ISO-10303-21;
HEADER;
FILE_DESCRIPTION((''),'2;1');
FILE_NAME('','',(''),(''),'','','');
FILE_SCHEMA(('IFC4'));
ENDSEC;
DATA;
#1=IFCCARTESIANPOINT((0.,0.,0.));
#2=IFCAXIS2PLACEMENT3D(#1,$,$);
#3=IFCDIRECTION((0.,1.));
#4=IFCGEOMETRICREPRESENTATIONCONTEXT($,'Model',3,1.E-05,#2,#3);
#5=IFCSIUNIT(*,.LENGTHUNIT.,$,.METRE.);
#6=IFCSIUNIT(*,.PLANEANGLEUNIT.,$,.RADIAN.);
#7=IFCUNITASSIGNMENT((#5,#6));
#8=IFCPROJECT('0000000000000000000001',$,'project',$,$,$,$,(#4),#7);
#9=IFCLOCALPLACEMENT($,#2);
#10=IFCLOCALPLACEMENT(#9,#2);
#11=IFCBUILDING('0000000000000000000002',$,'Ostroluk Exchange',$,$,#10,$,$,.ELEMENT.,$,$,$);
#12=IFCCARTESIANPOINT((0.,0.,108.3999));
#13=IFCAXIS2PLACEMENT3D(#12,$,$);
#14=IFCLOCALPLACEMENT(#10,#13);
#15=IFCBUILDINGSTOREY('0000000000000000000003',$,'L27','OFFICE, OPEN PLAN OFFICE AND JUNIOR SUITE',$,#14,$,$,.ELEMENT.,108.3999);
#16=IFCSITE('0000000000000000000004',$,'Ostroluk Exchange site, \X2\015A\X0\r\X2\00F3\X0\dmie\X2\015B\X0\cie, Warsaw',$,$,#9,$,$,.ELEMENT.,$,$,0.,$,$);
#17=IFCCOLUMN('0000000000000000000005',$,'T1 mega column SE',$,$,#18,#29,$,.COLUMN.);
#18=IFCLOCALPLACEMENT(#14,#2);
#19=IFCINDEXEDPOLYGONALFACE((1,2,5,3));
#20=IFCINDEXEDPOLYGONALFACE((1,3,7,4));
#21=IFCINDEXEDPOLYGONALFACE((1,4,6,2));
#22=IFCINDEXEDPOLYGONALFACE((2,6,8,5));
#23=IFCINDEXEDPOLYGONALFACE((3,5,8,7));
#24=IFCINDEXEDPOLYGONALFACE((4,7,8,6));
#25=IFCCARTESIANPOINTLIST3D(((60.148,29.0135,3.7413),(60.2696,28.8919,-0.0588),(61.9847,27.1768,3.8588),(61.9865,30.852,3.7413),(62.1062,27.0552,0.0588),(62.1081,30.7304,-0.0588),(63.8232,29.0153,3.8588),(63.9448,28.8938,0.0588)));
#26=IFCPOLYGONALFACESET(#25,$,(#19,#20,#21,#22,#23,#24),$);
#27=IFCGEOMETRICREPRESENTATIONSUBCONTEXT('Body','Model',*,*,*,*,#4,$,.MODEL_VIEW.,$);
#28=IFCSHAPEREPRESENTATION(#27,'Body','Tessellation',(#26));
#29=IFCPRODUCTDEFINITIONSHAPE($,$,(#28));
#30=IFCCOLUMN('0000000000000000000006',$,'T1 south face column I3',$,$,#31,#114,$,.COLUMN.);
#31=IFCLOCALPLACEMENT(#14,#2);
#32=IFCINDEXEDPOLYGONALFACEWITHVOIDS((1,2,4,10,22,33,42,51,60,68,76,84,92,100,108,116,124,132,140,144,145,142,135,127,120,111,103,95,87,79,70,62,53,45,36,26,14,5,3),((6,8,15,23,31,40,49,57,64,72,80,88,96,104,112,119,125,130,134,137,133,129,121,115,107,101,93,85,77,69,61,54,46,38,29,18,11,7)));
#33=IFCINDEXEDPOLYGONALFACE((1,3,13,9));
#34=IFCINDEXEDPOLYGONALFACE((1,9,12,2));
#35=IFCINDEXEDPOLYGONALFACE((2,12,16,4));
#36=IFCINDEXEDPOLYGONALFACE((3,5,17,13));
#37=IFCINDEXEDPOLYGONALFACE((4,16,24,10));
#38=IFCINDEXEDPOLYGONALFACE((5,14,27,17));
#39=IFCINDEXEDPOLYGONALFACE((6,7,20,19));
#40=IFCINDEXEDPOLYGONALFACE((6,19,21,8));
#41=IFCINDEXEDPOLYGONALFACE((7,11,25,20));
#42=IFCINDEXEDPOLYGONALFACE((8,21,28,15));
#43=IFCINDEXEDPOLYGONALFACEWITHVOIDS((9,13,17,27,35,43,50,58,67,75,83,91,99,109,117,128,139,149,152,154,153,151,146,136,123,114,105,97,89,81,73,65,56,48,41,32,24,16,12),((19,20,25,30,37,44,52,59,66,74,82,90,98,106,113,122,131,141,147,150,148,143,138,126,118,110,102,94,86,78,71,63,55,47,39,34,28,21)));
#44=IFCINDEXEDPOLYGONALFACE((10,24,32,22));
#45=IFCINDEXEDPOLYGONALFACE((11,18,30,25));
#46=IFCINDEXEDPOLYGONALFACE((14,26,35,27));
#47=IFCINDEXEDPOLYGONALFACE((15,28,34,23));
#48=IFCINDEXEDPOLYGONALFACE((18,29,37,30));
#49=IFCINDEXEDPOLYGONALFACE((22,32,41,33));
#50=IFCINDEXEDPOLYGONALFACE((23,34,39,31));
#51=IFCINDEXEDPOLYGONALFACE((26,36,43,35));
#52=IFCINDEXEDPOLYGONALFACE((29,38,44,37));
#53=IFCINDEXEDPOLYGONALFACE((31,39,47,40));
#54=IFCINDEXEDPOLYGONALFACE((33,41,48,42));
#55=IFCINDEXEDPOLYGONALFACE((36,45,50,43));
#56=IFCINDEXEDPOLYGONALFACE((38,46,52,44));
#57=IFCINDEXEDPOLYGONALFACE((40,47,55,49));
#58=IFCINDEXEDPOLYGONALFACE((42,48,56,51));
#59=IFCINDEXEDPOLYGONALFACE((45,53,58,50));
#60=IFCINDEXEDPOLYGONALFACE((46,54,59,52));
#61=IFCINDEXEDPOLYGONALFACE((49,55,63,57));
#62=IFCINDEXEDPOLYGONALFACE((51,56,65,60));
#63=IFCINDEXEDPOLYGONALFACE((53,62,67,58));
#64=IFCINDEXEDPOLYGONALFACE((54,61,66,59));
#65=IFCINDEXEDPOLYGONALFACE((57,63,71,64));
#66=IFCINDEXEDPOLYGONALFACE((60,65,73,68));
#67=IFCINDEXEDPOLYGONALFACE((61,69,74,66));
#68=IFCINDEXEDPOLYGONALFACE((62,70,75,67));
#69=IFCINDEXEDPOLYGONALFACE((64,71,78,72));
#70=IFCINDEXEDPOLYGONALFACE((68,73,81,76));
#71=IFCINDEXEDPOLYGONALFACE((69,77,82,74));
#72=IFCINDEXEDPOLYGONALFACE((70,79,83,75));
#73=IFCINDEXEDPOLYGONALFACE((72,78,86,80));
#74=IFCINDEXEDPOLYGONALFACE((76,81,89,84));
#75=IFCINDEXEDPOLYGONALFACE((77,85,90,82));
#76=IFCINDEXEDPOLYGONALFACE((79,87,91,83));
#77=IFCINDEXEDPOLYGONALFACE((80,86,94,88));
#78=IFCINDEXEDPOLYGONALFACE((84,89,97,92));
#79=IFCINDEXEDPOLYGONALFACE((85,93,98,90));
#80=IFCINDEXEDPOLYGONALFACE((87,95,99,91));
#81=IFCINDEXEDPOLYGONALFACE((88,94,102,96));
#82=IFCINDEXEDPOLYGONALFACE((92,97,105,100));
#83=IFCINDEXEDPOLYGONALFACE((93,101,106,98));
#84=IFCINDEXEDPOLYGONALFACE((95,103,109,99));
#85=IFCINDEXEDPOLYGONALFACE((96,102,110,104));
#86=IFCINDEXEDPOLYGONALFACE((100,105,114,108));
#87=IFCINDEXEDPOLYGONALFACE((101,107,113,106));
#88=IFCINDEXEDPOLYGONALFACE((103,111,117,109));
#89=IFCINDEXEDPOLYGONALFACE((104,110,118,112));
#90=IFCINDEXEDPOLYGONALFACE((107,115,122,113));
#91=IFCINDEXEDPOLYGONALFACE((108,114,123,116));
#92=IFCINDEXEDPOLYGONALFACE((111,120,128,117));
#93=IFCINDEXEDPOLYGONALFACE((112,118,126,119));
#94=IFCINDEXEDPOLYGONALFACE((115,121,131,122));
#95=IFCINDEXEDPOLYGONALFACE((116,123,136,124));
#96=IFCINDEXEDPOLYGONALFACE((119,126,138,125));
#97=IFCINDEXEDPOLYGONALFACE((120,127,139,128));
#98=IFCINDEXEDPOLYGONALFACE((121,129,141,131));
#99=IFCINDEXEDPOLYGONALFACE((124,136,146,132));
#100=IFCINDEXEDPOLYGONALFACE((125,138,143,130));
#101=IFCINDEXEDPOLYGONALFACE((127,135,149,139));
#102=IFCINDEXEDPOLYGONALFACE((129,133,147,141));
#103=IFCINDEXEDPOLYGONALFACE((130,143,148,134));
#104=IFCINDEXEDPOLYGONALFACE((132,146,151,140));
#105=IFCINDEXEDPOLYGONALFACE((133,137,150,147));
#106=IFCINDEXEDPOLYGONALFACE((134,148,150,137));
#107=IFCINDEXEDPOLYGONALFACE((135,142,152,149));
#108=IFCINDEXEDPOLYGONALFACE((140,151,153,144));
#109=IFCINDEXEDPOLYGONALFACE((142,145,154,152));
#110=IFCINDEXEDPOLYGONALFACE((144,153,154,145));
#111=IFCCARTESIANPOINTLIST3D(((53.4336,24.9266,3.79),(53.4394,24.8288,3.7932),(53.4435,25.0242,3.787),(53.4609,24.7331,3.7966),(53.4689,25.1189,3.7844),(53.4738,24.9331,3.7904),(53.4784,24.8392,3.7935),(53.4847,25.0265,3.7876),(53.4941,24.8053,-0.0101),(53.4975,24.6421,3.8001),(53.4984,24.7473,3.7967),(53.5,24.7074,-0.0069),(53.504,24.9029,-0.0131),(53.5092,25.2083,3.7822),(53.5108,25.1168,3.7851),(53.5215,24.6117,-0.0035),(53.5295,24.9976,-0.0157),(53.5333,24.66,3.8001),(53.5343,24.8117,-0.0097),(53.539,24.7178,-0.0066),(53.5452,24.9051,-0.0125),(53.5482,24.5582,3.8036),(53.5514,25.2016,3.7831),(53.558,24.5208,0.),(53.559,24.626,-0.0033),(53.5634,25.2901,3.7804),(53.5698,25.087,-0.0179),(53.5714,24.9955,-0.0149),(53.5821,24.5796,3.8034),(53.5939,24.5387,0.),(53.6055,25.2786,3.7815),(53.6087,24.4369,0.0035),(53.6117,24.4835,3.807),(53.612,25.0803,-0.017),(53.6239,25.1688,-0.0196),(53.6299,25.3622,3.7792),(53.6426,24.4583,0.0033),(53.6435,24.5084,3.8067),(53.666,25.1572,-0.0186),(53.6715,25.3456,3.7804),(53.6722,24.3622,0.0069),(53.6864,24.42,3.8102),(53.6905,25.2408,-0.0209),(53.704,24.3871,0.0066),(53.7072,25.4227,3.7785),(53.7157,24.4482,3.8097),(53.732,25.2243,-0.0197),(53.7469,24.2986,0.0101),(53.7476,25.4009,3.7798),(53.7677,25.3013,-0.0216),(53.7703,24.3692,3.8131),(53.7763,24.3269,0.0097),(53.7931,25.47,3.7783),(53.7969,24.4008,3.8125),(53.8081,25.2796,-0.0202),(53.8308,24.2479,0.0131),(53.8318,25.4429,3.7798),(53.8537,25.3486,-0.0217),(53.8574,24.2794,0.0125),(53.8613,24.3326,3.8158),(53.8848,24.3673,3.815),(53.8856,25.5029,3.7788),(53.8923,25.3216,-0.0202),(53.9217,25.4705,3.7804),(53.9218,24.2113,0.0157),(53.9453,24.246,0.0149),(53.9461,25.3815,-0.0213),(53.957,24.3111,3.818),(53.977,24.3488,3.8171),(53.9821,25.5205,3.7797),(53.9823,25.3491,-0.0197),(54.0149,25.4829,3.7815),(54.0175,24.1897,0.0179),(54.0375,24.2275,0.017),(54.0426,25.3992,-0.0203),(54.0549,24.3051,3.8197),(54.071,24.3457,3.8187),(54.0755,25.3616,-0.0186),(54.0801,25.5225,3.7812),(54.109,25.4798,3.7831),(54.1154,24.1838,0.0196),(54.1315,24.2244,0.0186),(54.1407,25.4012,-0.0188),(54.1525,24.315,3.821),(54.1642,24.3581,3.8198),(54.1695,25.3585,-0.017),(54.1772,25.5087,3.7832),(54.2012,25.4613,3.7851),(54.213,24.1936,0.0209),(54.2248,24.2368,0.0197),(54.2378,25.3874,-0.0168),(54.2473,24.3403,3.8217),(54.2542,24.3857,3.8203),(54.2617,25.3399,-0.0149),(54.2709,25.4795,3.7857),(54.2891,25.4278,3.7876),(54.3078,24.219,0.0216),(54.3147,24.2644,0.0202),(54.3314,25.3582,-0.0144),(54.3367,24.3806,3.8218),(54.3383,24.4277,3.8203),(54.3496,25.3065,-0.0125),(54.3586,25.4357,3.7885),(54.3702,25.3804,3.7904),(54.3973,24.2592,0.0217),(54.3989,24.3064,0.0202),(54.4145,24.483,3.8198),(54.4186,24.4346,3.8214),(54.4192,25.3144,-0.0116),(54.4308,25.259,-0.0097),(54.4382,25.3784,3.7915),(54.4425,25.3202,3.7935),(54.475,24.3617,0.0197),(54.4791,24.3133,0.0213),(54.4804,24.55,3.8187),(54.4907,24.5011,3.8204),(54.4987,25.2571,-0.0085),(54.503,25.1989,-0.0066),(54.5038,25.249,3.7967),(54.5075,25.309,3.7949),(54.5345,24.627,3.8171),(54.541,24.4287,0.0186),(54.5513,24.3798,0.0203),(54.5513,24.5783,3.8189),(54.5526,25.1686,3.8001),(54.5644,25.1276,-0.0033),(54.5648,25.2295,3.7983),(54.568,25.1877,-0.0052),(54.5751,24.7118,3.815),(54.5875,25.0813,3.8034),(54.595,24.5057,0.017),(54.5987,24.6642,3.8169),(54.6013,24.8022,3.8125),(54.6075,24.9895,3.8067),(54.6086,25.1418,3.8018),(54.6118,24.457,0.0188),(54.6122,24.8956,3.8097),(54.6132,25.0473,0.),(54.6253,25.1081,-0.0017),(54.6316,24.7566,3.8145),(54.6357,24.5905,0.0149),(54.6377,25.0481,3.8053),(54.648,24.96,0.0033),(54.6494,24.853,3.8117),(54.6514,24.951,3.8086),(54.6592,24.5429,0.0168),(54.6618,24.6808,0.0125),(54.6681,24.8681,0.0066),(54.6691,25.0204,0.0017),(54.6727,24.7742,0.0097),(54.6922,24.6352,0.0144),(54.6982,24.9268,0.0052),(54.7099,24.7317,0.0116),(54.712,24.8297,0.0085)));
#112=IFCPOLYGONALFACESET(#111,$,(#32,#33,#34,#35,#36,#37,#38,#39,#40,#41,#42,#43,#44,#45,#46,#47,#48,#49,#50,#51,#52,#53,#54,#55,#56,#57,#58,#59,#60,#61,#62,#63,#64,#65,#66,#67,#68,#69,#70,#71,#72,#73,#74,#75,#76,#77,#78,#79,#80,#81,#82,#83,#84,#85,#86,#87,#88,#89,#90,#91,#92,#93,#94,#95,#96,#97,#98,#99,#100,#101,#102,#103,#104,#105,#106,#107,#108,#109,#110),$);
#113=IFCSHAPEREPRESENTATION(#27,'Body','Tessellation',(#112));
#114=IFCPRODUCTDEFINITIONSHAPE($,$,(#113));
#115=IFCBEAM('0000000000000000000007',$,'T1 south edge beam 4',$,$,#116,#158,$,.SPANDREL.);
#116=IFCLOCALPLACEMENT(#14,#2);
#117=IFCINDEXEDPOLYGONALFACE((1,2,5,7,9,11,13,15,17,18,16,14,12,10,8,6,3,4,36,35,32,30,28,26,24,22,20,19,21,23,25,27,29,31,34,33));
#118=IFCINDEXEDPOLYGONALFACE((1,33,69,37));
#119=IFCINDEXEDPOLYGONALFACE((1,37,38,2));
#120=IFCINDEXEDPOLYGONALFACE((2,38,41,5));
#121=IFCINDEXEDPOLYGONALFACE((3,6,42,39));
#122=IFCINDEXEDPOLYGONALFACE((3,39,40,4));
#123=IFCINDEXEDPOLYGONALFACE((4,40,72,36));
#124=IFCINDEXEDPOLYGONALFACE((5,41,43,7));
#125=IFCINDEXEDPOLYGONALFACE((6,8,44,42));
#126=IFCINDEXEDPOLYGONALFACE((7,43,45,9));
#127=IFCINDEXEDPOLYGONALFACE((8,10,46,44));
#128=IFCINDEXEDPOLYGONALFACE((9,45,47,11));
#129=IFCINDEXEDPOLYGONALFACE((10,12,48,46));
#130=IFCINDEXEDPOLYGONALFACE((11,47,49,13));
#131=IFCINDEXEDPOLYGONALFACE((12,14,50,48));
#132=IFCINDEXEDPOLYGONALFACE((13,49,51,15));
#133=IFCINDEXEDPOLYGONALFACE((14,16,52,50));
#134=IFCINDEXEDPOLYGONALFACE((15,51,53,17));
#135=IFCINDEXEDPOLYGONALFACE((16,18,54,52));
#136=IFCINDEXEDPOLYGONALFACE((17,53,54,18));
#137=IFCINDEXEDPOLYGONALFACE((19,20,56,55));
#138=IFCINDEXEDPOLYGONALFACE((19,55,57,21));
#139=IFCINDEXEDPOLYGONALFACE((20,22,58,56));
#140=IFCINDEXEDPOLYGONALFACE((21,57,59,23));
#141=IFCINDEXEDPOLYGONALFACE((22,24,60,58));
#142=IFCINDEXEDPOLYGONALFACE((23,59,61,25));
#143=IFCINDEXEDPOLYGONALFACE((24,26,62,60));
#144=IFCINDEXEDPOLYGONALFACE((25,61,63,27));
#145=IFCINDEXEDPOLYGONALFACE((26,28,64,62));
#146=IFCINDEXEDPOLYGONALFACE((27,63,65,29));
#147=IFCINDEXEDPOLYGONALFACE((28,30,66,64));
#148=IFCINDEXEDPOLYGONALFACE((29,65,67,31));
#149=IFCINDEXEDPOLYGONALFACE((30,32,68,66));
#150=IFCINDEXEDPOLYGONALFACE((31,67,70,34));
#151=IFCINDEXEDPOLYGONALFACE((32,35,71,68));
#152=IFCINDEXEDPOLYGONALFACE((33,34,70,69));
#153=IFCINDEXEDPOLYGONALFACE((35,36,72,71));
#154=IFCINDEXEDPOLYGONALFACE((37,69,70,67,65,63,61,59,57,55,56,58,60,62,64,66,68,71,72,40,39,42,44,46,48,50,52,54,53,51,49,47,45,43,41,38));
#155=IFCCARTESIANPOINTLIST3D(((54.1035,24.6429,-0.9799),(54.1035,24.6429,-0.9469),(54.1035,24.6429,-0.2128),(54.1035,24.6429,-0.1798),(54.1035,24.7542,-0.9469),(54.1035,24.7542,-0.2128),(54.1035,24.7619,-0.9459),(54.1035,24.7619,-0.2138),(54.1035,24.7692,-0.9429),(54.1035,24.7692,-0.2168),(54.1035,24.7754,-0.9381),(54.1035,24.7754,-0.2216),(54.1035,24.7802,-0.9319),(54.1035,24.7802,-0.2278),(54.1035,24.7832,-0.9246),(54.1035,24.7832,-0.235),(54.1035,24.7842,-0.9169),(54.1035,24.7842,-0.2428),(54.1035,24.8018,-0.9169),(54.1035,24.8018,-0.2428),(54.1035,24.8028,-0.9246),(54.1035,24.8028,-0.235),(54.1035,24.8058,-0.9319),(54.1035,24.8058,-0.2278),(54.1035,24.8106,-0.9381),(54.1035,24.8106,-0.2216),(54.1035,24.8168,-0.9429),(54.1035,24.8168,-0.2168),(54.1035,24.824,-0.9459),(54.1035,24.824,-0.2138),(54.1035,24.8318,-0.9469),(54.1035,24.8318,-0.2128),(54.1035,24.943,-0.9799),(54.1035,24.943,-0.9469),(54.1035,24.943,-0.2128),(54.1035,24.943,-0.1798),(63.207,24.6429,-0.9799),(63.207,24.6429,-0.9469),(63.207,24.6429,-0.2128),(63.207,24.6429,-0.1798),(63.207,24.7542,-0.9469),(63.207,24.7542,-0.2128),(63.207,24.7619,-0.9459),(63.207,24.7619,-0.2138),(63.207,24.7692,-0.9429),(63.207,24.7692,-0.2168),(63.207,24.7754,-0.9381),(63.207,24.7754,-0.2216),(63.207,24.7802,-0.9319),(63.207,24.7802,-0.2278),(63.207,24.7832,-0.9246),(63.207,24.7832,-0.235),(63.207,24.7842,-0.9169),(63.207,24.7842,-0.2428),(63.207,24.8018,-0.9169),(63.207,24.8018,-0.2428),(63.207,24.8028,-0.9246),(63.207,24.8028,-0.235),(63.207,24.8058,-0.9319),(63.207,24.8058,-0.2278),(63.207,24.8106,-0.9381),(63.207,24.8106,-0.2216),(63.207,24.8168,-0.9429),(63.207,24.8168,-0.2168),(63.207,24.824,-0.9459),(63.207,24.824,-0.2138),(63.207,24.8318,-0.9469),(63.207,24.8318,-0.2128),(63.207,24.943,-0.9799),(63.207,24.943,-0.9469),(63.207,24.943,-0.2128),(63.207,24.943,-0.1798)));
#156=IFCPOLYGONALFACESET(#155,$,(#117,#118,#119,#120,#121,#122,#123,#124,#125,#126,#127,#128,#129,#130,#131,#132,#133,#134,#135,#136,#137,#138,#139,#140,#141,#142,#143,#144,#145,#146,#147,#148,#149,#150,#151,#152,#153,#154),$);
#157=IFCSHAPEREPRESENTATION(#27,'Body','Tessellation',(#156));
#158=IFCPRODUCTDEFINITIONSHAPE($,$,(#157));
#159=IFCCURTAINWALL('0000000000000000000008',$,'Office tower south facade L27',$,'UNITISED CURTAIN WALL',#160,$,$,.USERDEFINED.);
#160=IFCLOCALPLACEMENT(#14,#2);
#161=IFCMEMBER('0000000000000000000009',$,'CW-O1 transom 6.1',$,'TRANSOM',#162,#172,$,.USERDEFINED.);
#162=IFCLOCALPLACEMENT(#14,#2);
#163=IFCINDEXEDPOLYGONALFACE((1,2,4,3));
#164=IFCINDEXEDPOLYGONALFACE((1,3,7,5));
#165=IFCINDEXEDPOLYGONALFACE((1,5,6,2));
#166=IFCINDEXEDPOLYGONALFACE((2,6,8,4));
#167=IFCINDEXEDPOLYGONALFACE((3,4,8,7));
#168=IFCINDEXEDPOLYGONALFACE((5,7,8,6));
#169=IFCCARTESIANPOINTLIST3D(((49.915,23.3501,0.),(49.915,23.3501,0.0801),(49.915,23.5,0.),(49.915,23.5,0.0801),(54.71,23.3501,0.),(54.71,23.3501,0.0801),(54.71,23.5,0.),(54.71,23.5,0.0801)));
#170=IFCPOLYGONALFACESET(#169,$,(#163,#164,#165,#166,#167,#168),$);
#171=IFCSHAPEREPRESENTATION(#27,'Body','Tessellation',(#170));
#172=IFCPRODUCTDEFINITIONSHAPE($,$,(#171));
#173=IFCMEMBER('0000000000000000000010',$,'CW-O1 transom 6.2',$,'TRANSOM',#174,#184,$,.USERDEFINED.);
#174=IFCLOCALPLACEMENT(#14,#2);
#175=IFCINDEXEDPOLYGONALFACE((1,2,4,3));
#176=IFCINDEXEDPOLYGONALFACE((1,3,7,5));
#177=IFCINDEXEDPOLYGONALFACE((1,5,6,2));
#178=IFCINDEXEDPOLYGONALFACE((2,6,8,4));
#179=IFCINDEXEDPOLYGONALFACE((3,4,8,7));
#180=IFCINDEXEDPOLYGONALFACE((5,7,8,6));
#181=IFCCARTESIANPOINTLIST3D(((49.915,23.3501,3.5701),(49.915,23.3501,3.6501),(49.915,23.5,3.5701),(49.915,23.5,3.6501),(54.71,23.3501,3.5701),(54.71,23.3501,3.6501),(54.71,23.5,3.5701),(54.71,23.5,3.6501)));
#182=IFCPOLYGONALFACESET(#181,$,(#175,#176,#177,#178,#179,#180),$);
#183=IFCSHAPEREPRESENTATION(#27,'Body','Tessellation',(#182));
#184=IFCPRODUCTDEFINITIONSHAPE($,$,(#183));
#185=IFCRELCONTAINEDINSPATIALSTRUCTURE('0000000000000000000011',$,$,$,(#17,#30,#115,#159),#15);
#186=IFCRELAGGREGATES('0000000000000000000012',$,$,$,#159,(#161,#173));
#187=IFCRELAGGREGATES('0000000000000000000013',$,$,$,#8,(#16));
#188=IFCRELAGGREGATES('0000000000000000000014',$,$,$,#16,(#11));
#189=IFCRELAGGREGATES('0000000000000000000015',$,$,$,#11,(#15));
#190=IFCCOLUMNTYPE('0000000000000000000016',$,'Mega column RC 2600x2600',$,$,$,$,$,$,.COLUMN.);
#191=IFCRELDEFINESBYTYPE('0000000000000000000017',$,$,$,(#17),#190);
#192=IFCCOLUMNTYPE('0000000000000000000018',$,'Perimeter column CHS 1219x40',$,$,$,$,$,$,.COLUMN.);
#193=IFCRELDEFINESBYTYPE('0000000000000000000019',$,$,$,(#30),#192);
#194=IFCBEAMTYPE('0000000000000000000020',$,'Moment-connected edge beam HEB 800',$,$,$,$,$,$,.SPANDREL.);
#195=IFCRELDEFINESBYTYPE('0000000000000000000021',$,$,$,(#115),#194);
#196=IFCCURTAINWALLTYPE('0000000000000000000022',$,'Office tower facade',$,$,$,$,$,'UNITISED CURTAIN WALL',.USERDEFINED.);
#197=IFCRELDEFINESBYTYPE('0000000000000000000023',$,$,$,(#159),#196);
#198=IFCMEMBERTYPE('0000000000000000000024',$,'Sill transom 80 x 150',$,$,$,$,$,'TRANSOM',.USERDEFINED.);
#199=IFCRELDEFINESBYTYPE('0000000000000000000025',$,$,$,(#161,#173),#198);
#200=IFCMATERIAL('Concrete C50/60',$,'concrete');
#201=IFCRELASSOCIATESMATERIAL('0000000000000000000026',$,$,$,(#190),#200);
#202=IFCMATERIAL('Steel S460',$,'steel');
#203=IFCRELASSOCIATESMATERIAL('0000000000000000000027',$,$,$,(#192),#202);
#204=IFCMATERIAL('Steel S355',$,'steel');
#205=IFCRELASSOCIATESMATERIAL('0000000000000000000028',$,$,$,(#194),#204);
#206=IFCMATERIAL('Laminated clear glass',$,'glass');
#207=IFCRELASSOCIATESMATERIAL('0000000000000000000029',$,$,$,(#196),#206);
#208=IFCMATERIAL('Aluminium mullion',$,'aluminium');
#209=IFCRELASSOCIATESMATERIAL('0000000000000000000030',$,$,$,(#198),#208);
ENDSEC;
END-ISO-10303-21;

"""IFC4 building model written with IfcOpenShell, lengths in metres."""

from ifc_helpers import new_model, si_unit, direction, frame, origin, origin_2d, place, context, subcontext, project, spatial, rectangle, hollow_circle, i_section, extrude, material, material_profile, profile_set, type_object, element, aggregate, save


model = new_model("IFC4")

# Units and contexts
model_context = context("Model", 3, precision=1e-05, world=origin(), true_north=direction((0.0, 1.0)))
body_context = subcontext(model_context, "Body", "Model", "MODEL_VIEW")
ifc_project = project(units=[si_unit("LENGTHUNIT", "METRE"), si_unit("PLANEANGLEUNIT", "RADIAN")], contexts=[model_context])

# Site, building, storey
site_placement = place(None, origin())
site = spatial("IfcSite", under=ifc_project, at=site_placement, Name="Ostroluk Exchange site, Śródmieście, Warsaw", CompositionType="ELEMENT", RefElevation=0.0)
building_placement = place(site_placement, origin())
building = spatial("IfcBuilding", under=site, at=building_placement, Name="Ostroluk Exchange", CompositionType="ELEMENT")
storey_placement = place(building_placement, frame((0.0, 0.0, 108.3999)))
storey = spatial("IfcBuildingStorey", under=building, at=storey_placement, Name="L27", Description="OFFICE, OPEN PLAN OFFICE AND JUNIOR SUITE", CompositionType="ELEMENT", Elevation=108.3999)

# Columns
ifc_material_1 = material(Name="Concrete C50/60", Category="concrete")
ifc_material_profile_1 = material_profile(ifc_material_1, rectangle(XDim=2.6001, YDim=2.6001, at=origin_2d()), Name="RC 2600x2600")
ifc_profile_set_1 = profile_set([ifc_material_profile_1], Name="Concrete C50/60")
column_type_1 = type_object("IfcColumnType", Name="Mega column RC 2600x2600", PredefinedType="COLUMN", material=ifc_profile_set_1)
column_1_placement = place(storey_placement, frame((62.1072, 28.8928, 0.0), z_axis=(-0.031962, 0.031962, 0.998978), x_axis=(-0.707107, -0.707107, 0.0)))
element("IfcColumn", 1, at=column_1_placement, inside=storey, type_object=column_type_1, Name="T1 mega column SE", PredefinedType="COLUMN", context=body_context, shape_type="SweptSolid", body=[
    extrude(rectangle(XDim=2.6001, YDim=2.6001, at=origin_2d()), origin(), (0.0, 0.0, 1.0), 3.804),
])
ifc_material_2 = material(Name="Steel S460", Category="steel")
ifc_material_profile_2 = material_profile(ifc_material_2, hollow_circle(Radius=0.6096, WallThickness=0.04, at=origin_2d()), Name="CHS 1219x40")
ifc_profile_set_2 = profile_set([ifc_material_profile_2], Name="Steel S460")
column_type_2 = type_object("IfcColumnType", Name="Perimeter column CHS 1219x40", PredefinedType="COLUMN", material=ifc_profile_set_2)
column_2_placement = place(storey_placement, frame((54.1035, 24.793, 0.0), z_axis=(-0.015923, 0.03191, 0.999364), x_axis=(-0.894787, -0.446493, 0.0)))
element("IfcColumn", 2, at=column_2_placement, inside=storey, type_object=column_type_2, Name="T1 south face column I3", PredefinedType="COLUMN", context=body_context, shape_type="SweptSolid", body=[
    extrude(hollow_circle(Radius=0.6096, WallThickness=0.04, at=origin_2d()), origin(), (0.0, 0.0, 1.0), 3.8025),
])

# Beam
ifc_material_3 = material(Name="Steel S355", Category="steel")
ifc_material_profile_3 = material_profile(ifc_material_3, i_section(OverallWidth=0.3, OverallDepth=0.8, WebThickness=0.0176, FlangeThickness=0.033, FilletRadius=0.03, at=origin_2d()), Name="HEB 800")
ifc_profile_set_3 = profile_set([ifc_material_profile_3], Name="Steel S355")
beam_type = type_object("IfcBeamType", Name="Moment-connected edge beam HEB 800", PredefinedType="SPANDREL", material=ifc_profile_set_3)
beam_placement = place(storey_placement, frame((54.1035, 24.793, -0.5798), z_axis=(1.0, 0.0, 0.0), x_axis=(0.0, 1.0, 0.0)))
element("IfcBeam", 3, at=beam_placement, inside=storey, type_object=beam_type, Name="T1 south edge beam 4", PredefinedType="SPANDREL", context=body_context, shape_type="SweptSolid", body=[
    extrude(i_section(OverallWidth=0.3, OverallDepth=0.8, WebThickness=0.0176, FlangeThickness=0.033, FilletRadius=0.03, at=origin_2d()), origin(), (0.0, 0.0, 1.0), 9.1035),
])

# Curtain wall, members
ifc_material_4 = material(Name="Laminated clear glass", Category="glass")
curtain_wall_type = type_object("IfcCurtainWallType", Name="Office tower facade", ElementType="UNITISED CURTAIN WALL", PredefinedType="USERDEFINED", material=ifc_material_4)
curtain_wall_placement = place(storey_placement, origin())
curtain_wall = element("IfcCurtainWall", 4, at=curtain_wall_placement, inside=storey, type_object=curtain_wall_type, Name="Office tower south facade L27", ObjectType="UNITISED CURTAIN WALL", PredefinedType="USERDEFINED")
ifc_material_5 = material(Name="Aluminium mullion", Category="aluminium")
ifc_material_profile_4 = material_profile(ifc_material_5, rectangle(XDim=0.1499, YDim=0.0801, at=origin_2d()), Name="Sill transom 80 x 150")
ifc_profile_set_4 = profile_set([ifc_material_profile_4], Name="Aluminium mullion")
member_type_1 = type_object("IfcMemberType", Name="Sill transom 80 x 150", ElementType="TRANSOM", PredefinedType="USERDEFINED", material=ifc_profile_set_4)
member_1_placement = place(storey_placement, frame((49.915, 23.425, 0.04), z_axis=(1.0, 0.0, 0.0), x_axis=(0.0, 1.0, 0.0)))
member_1 = element("IfcMember", 5, at=member_1_placement, type_object=member_type_1, Name="CW-O1 transom 6.1", ObjectType="TRANSOM", PredefinedType="USERDEFINED", context=body_context, shape_type="SweptSolid", body=[
    extrude(rectangle(XDim=0.1499, YDim=0.0801, at=origin_2d()), origin(), (0.0, 0.0, 1.0), 4.7949),
])
member_2_placement = place(storey_placement, frame((49.915, 23.425, 3.6101), z_axis=(1.0, 0.0, 0.0), x_axis=(0.0, 1.0, 0.0)))
member_2 = element("IfcMember", 6, at=member_2_placement, type_object=member_type_1, Name="CW-O1 transom 6.2", ObjectType="TRANSOM", PredefinedType="USERDEFINED", context=body_context, shape_type="SweptSolid", body=[
    extrude(rectangle(XDim=0.1499, YDim=0.0801, at=origin_2d()), origin(), (0.0, 0.0, 1.0), 4.7949),
])
aggregate(curtain_wall, [member_1, member_2])

save(model, "model.ifc")
